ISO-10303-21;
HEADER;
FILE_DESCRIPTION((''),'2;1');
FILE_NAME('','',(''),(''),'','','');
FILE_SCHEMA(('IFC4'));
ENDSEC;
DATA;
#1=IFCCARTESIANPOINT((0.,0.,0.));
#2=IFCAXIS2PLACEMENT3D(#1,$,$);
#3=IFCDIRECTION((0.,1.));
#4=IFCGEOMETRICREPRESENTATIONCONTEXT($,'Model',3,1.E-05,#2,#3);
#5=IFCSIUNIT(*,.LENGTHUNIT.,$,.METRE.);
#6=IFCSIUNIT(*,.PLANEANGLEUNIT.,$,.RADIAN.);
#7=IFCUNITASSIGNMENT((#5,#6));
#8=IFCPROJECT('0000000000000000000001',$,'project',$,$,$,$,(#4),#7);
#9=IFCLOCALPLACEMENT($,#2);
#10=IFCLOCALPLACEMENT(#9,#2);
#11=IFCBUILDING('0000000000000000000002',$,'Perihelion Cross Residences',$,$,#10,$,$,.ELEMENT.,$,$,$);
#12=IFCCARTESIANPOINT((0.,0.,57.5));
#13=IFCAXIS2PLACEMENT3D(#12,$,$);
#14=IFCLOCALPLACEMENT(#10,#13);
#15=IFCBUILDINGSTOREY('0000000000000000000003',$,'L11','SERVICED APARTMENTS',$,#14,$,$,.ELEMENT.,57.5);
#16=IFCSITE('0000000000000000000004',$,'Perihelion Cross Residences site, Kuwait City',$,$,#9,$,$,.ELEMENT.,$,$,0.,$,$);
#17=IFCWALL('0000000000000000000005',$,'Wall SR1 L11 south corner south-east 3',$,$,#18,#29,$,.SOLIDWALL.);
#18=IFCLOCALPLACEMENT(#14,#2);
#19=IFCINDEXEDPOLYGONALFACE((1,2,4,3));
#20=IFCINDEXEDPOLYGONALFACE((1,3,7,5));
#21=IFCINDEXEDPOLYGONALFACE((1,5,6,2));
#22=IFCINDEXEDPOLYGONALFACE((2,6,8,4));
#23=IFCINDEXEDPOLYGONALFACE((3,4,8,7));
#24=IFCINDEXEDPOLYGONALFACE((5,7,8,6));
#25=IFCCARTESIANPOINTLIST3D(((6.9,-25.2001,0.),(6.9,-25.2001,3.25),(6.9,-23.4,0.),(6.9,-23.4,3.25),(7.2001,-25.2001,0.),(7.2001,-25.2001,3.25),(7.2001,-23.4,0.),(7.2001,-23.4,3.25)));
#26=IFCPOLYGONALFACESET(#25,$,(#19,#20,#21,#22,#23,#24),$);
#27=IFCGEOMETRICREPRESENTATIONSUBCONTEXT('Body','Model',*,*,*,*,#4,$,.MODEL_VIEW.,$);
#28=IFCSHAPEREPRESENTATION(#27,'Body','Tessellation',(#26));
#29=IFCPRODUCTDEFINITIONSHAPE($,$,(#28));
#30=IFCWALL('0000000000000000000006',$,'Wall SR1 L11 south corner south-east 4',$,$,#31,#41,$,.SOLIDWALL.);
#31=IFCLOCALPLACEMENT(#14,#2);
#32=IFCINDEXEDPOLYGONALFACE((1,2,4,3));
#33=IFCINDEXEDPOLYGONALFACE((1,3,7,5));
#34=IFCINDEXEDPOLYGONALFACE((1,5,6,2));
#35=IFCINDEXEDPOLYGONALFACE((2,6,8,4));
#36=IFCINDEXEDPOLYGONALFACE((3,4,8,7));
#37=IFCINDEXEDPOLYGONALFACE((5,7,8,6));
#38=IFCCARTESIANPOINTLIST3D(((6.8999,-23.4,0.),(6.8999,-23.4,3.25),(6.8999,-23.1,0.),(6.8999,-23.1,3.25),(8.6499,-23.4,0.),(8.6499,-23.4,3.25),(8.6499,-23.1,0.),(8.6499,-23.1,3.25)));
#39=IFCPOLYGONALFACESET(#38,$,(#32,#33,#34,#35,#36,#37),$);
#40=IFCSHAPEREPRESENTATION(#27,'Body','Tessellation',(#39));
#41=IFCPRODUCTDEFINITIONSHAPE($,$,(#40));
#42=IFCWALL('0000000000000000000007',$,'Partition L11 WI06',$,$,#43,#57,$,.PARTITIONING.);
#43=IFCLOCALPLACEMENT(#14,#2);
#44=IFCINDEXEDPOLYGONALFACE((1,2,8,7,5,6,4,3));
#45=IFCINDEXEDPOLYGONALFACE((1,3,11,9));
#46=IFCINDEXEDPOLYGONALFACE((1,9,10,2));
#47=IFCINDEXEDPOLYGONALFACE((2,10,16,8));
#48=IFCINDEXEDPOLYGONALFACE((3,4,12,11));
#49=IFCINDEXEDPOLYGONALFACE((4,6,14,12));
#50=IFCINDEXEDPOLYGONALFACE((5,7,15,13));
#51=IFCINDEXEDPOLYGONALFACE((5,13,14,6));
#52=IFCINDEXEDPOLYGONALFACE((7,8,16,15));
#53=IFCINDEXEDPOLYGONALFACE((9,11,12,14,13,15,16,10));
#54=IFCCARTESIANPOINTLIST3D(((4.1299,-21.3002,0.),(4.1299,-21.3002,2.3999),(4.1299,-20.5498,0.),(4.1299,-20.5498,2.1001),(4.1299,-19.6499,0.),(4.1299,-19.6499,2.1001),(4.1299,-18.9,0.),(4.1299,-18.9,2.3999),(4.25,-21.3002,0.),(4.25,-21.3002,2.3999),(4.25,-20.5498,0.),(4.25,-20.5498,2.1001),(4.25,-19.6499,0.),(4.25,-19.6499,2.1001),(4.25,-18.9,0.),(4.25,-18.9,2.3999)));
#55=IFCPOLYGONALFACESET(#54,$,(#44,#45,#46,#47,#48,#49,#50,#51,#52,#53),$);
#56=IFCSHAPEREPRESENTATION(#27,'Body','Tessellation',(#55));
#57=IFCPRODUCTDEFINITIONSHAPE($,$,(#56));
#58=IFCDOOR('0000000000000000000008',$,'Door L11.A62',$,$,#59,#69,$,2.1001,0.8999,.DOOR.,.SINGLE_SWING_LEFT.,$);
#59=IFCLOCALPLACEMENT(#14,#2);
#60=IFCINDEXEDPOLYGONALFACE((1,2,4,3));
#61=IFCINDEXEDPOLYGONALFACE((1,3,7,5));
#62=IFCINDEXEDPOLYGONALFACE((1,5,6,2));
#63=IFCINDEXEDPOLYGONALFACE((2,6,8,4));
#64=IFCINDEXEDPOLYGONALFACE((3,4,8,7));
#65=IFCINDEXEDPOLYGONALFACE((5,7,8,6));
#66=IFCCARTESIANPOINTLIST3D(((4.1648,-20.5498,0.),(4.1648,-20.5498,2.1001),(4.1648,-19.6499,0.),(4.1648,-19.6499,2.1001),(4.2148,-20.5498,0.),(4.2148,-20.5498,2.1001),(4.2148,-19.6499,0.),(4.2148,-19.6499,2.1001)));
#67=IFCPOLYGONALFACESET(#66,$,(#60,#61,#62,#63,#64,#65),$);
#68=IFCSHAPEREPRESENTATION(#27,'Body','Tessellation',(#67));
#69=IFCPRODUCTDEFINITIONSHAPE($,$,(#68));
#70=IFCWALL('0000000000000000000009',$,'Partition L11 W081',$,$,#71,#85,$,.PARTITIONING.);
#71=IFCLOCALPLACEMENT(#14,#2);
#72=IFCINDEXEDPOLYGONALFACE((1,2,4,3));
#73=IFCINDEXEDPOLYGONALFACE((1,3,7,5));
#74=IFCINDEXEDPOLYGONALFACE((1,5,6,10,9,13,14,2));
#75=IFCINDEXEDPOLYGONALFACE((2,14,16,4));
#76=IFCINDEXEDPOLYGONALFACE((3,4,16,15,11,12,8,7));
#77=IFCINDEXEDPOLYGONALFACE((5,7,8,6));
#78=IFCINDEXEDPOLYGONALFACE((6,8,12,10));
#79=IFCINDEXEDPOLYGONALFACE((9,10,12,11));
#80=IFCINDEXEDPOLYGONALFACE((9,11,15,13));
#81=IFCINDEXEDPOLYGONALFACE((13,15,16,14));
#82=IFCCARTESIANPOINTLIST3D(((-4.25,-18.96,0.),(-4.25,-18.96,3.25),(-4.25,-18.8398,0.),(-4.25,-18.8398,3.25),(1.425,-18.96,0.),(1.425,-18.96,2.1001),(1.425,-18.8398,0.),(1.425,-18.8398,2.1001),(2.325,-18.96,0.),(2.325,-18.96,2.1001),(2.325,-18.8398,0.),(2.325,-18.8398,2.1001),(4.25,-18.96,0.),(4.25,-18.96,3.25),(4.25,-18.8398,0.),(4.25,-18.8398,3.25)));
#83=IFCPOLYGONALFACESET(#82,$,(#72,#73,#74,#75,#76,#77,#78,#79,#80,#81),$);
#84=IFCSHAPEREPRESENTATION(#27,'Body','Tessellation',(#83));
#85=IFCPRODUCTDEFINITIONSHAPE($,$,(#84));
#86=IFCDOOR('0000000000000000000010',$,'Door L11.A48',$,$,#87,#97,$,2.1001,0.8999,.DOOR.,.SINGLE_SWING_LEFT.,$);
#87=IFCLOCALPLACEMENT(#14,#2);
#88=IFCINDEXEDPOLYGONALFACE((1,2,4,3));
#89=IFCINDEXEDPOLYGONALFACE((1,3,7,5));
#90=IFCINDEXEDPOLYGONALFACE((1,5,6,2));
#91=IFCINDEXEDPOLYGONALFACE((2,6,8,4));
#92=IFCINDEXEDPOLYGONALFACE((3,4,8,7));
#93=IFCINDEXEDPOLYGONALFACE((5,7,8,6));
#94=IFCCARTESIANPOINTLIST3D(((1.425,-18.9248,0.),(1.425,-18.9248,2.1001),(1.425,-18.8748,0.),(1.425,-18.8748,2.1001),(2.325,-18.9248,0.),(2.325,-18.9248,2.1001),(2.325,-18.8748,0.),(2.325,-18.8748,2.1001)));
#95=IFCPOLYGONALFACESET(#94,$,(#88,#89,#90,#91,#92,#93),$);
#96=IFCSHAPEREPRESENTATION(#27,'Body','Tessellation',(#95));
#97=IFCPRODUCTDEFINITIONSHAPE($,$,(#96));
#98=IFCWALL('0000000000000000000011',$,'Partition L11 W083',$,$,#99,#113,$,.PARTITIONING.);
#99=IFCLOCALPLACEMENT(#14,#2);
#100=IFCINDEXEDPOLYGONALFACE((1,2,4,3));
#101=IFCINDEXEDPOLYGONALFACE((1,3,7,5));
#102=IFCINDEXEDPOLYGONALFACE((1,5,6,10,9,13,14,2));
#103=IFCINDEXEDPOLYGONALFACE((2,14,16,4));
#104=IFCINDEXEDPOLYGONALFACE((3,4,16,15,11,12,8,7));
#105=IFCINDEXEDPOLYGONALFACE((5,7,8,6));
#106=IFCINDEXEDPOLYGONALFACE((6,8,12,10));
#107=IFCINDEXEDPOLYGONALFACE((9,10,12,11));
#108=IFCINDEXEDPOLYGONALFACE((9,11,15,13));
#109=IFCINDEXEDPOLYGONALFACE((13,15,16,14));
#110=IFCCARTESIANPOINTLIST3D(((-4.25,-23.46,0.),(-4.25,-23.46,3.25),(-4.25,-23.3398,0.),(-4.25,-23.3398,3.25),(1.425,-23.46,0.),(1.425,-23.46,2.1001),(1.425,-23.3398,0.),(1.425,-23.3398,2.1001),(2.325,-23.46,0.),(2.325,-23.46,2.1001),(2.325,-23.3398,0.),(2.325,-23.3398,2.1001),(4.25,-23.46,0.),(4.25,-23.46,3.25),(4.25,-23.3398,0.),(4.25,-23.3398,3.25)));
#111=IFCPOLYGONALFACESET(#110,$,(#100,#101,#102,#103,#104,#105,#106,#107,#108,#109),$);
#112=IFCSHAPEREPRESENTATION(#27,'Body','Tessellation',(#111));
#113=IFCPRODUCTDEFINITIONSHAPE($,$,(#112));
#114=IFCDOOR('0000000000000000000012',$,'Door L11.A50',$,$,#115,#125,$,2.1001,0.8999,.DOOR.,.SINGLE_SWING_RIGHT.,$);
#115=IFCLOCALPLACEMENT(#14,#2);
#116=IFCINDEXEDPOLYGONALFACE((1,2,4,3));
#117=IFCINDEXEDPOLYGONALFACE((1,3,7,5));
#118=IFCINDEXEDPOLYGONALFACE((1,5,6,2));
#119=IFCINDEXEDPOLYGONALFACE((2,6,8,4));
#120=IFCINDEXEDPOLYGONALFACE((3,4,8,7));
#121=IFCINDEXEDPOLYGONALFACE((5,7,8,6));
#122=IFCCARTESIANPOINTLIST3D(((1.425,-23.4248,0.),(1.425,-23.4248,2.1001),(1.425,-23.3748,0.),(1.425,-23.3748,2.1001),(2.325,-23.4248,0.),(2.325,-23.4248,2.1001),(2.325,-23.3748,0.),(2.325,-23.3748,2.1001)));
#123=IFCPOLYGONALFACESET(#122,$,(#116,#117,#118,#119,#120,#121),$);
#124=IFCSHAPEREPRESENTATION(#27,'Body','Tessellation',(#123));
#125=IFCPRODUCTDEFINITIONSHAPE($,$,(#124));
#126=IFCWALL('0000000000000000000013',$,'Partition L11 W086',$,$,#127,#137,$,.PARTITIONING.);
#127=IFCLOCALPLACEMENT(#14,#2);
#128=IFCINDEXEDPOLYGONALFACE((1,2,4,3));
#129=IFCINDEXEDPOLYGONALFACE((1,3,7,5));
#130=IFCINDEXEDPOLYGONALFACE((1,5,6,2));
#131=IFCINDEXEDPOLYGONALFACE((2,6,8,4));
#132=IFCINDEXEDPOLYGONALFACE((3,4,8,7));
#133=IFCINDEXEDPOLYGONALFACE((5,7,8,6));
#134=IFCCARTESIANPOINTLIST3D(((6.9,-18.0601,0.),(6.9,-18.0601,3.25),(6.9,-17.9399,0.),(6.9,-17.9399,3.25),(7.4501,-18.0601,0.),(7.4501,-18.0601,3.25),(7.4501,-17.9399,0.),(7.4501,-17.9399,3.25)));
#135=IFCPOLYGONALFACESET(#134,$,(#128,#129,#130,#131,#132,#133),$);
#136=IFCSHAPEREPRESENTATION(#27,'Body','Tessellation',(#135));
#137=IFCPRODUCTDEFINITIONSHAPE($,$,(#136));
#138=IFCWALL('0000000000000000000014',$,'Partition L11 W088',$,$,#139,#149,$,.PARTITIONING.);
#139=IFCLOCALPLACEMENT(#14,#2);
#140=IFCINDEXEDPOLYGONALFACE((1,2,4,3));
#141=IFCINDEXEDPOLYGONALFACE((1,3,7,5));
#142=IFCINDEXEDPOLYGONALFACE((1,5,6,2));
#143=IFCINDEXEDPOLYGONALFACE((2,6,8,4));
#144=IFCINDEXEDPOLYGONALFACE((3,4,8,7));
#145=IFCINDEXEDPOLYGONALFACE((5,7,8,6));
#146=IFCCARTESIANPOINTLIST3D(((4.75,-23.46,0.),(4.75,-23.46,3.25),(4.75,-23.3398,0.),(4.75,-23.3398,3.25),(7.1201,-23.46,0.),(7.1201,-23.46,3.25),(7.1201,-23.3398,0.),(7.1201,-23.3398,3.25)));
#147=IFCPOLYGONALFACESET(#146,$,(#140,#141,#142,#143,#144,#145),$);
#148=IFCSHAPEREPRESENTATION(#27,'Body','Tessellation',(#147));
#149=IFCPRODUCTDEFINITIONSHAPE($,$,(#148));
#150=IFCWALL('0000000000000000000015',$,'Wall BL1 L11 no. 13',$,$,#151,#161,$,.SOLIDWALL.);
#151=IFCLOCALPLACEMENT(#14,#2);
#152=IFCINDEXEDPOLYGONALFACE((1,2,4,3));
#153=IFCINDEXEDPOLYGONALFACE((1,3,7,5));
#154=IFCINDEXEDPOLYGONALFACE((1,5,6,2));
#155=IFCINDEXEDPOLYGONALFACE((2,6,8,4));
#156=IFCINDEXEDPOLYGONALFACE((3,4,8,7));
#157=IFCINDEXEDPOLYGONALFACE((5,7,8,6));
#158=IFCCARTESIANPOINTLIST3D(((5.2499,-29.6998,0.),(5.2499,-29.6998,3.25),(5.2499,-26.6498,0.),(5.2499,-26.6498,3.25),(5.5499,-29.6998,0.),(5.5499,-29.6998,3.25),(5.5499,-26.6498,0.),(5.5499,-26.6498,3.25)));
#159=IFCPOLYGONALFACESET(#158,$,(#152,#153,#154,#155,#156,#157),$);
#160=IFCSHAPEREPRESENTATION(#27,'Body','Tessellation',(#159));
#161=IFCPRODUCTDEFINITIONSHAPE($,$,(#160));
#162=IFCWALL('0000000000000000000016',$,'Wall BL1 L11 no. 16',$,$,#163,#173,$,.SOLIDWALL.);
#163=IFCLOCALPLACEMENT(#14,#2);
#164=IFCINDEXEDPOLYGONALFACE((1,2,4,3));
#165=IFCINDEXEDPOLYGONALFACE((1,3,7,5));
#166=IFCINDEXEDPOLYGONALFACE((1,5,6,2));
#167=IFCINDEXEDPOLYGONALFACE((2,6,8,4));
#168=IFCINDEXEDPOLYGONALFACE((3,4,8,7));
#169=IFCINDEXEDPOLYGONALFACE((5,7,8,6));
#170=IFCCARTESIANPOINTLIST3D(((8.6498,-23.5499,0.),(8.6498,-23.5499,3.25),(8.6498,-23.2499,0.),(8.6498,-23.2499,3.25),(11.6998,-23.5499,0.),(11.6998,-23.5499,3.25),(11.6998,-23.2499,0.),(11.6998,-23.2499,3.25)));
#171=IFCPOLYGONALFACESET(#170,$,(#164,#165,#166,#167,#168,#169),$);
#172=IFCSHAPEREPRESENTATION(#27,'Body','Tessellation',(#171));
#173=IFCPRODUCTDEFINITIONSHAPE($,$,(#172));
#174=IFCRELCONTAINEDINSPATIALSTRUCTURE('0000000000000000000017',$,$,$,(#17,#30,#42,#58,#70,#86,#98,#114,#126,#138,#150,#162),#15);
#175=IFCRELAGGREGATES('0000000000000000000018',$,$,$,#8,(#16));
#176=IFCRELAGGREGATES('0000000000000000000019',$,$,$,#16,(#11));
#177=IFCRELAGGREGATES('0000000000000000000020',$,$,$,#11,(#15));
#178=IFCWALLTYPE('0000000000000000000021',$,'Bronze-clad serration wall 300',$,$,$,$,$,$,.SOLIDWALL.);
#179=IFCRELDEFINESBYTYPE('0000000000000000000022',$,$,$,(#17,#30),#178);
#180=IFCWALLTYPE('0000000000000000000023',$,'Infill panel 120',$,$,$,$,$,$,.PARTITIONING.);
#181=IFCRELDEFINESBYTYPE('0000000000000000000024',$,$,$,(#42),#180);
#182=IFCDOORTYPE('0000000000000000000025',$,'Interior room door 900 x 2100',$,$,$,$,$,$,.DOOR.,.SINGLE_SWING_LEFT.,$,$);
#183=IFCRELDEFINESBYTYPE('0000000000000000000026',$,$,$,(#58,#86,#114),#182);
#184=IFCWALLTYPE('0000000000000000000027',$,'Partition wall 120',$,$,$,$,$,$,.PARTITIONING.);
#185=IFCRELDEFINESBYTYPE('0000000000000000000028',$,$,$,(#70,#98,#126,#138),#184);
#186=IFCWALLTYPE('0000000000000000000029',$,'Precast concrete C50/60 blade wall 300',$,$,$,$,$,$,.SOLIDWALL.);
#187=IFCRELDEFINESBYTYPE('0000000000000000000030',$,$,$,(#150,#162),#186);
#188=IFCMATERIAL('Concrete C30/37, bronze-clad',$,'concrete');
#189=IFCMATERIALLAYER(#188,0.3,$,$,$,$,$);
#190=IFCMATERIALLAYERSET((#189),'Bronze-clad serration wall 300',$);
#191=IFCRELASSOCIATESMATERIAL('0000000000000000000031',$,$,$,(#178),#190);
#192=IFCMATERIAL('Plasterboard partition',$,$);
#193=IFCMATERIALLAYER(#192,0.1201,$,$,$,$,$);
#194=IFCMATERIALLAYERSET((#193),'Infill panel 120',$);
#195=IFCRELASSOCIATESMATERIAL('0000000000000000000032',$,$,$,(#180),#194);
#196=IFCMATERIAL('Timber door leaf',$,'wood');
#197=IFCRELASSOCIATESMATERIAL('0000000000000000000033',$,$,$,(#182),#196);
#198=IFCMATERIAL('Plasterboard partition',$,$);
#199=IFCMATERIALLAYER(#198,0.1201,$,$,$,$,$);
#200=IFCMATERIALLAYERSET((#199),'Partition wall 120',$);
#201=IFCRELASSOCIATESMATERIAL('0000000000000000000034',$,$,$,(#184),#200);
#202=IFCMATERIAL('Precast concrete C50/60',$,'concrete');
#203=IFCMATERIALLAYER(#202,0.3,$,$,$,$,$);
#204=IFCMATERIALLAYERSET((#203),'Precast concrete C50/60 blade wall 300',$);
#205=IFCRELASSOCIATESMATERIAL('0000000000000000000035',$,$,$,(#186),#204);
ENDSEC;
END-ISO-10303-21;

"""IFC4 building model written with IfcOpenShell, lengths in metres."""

from ifc_helpers import new_model, si_unit, direction, frame, frame_2d, origin, place, context, subcontext, project, spatial, rectangle, extrude, material, layer, layer_set, type_object, element, fill, save


model = new_model("IFC4")

# Units and contexts
model_context = context("Model", 3, precision=1e-05, world=origin(), true_north=direction((0.0, 1.0)))
body_context = subcontext(model_context, "Body", "Model", "MODEL_VIEW")
ifc_project = project(units=[si_unit("LENGTHUNIT", "METRE"), si_unit("PLANEANGLEUNIT", "RADIAN")], contexts=[model_context])

# Site, building, storey
site_placement = place(None, origin())
site = spatial("IfcSite", under=ifc_project, at=site_placement, Name="Perihelion Cross Residences site, Kuwait City", CompositionType="ELEMENT", RefElevation=0.0)
building_placement = place(site_placement, origin())
building = spatial("IfcBuilding", under=site, at=building_placement, Name="Perihelion Cross Residences", CompositionType="ELEMENT")
storey_placement = place(building_placement, frame((0.0, 0.0, 57.5)))
storey = spatial("IfcBuildingStorey", under=building, at=storey_placement, Name="L11", Description="SERVICED APARTMENTS", CompositionType="ELEMENT", Elevation=57.5)

# Walls
ifc_material_1 = material(Name="Concrete C30/37, bronze-clad", Category="concrete")
ifc_layer_1 = layer(ifc_material_1, 0.3)
ifc_layer_set_1 = layer_set([ifc_layer_1], Name="Bronze-clad serration wall 300")
wall_type_1 = type_object("IfcWallType", Name="Bronze-clad serration wall 300", PredefinedType="SOLIDWALL", material=ifc_layer_set_1)
wall_1_placement = place(storey_placement, frame((7.05, -25.2, 0.0), z_axis=(0.0, 0.0, 1.0), x_axis=(0.0, 1.0, 0.0)))
element("IfcWall", 1, at=wall_1_placement, inside=storey, type_object=wall_type_1, Name="Wall SR1 L11 south corner south-east 3", PredefinedType="SOLIDWALL", context=body_context, shape_type="SweptSolid", body=[
    extrude(rectangle(XDim=1.8, YDim=0.3, at=frame_2d((0.8999, 0.0))), origin(), (0.0, 0.0, 1.0), 3.25),
])
wall_2_placement = place(storey_placement, frame((6.8999, -23.25, 0.0), z_axis=(0.0, 0.0, 1.0), x_axis=(1.0, 0.0, 0.0)))
element("IfcWall", 2, at=wall_2_placement, inside=storey, type_object=wall_type_1, Name="Wall SR1 L11 south corner south-east 4", PredefinedType="SOLIDWALL", context=body_context, shape_type="SweptSolid", body=[
    extrude(rectangle(XDim=1.75, YDim=0.3, at=frame_2d((0.875, 0.0))), origin(), (0.0, 0.0, 1.0), 3.25),
])

# Walls, openings, doors
ifc_material_2 = material(Name="Plasterboard partition")
ifc_layer_2 = layer(ifc_material_2, 0.1201)
ifc_layer_set_2 = layer_set([ifc_layer_2], Name="Infill panel 120")
wall_type_2 = type_object("IfcWallType", Name="Infill panel 120", PredefinedType="PARTITIONING", material=ifc_layer_set_2)
wall_3_placement = place(storey_placement, frame((4.1899, -18.8999, 0.0), z_axis=(0.0, 0.0, 1.0), x_axis=(0.0, -1.0, 0.0)))
wall_3 = element("IfcWall", 3, at=wall_3_placement, inside=storey, type_object=wall_type_2, Name="Partition L11 WI06", PredefinedType="PARTITIONING", context=body_context, shape_type="SweptSolid", body=[
    extrude(rectangle(XDim=2.4001, YDim=0.1201, at=frame_2d((1.2002, 0.0))), origin(), (0.0, 0.0, 1.0), 2.3999),
])
opening_1_placement = place(wall_3_placement, frame((0.75, 0.0, 0.0)))
opening_1 = element("IfcOpeningElement", 4, at=opening_1_placement, cuts=wall_3, PredefinedType="OPENING", context=body_context, shape_type="SweptSolid", body=[
    extrude(rectangle(XDim=0.8999, YDim=2.1001, at=frame_2d((0.45, 1.05))), frame((0.0, 0.0701, 0.0), z_axis=(0.0, -1.0, 0.0), x_axis=(1.0, 0.0, 0.0)), (0.0, 0.0, 1.0), 0.1401),
])
ifc_material_3 = material(Name="Timber door leaf", Category="wood")
door_type_1 = type_object("IfcDoorType", Name="Interior room door 900 x 2100", OperationType="SINGLE_SWING_LEFT", PredefinedType="DOOR", material=ifc_material_3)
door_1_placement = place(opening_1_placement, origin())
door_1 = element("IfcDoor", 5, at=door_1_placement, inside=storey, type_object=door_type_1, Name="Door L11.A62", OperationType="SINGLE_SWING_LEFT", OverallHeight=2.1001, OverallWidth=0.8999, PredefinedType="DOOR", context=body_context, shape_type="SweptSolid", body=[
    extrude(rectangle(XDim=0.8999, YDim=2.1001, at=frame_2d((0.45, 1.05))), frame((0.0, 0.0249, 0.0), z_axis=(0.0, -1.0, 0.0), x_axis=(1.0, 0.0, 0.0)), (0.0, 0.0, 1.0), 0.05),
])
fill(opening_1, door_1)
ifc_material_4 = material(Name="Plasterboard partition")
ifc_layer_3 = layer(ifc_material_4, 0.1201)
ifc_layer_set_3 = layer_set([ifc_layer_3], Name="Partition wall 120")
wall_type_3 = type_object("IfcWallType", Name="Partition wall 120", PredefinedType="PARTITIONING", material=ifc_layer_set_3)
wall_4_placement = place(storey_placement, frame((4.25, -18.8999, 0.0), z_axis=(0.0, 0.0, 1.0), x_axis=(-1.0, 0.0, 0.0)))
wall_4 = element("IfcWall", 6, at=wall_4_placement, inside=storey, type_object=wall_type_3, Name="Partition L11 W081", PredefinedType="PARTITIONING", context=body_context, shape_type="SweptSolid", body=[
    extrude(rectangle(XDim=8.5, YDim=0.1201, at=frame_2d((4.25, 0.0))), origin(), (0.0, 0.0, 1.0), 3.25),
])
opening_2_placement = place(wall_4_placement, frame((1.925, 0.0, 0.0)))
opening_2 = element("IfcOpeningElement", 7, at=opening_2_placement, cuts=wall_4, PredefinedType="OPENING", context=body_context, shape_type="SweptSolid", body=[
    extrude(rectangle(XDim=0.8999, YDim=2.1001, at=frame_2d((0.45, 1.05))), frame((0.0, 0.0701, 0.0), z_axis=(0.0, -1.0, 0.0), x_axis=(1.0, 0.0, 0.0)), (0.0, 0.0, 1.0), 0.1401),
])
door_2_placement = place(opening_2_placement, origin())
door_2 = element("IfcDoor", 8, at=door_2_placement, inside=storey, type_object=door_type_1, Name="Door L11.A48", OperationType="SINGLE_SWING_LEFT", OverallHeight=2.1001, OverallWidth=0.8999, PredefinedType="DOOR", context=body_context, shape_type="SweptSolid", body=[
    extrude(rectangle(XDim=0.8999, YDim=2.1001, at=frame_2d((0.45, 1.05))), frame((0.0, 0.0249, 0.0), z_axis=(0.0, -1.0, 0.0), x_axis=(1.0, 0.0, 0.0)), (0.0, 0.0, 1.0), 0.05),
])
fill(opening_2, door_2)
wall_5_placement = place(storey_placement, frame((4.25, -23.3999, 0.0), z_axis=(0.0, 0.0, 1.0), x_axis=(-1.0, 0.0, 0.0)))
wall_5 = element("IfcWall", 9, at=wall_5_placement, inside=storey, type_object=wall_type_3, Name="Partition L11 W083", PredefinedType="PARTITIONING", context=body_context, shape_type="SweptSolid", body=[
    extrude(rectangle(XDim=8.5, YDim=0.1201, at=frame_2d((4.25, 0.0))), origin(), (0.0, 0.0, 1.0), 3.25),
])
opening_3_placement = place(wall_5_placement, frame((1.925, 0.0, 0.0)))
opening_3 = element("IfcOpeningElement", 10, at=opening_3_placement, cuts=wall_5, PredefinedType="OPENING", context=body_context, shape_type="SweptSolid", body=[
    extrude(rectangle(XDim=0.8999, YDim=2.1001, at=frame_2d((0.45, 1.05))), frame((0.0, 0.0701, 0.0), z_axis=(0.0, -1.0, 0.0), x_axis=(1.0, 0.0, 0.0)), (0.0, 0.0, 1.0), 0.1401),
])
door_3_placement = place(opening_3_placement, origin())
door_3 = element("IfcDoor", 11, at=door_3_placement, inside=storey, type_object=door_type_1, Name="Door L11.A50", OperationType="SINGLE_SWING_RIGHT", OverallHeight=2.1001, OverallWidth=0.8999, PredefinedType="DOOR", context=body_context, shape_type="SweptSolid", body=[
    extrude(rectangle(XDim=0.8999, YDim=2.1001, at=frame_2d((0.45, 1.05))), frame((0.0, 0.0249, 0.0), z_axis=(0.0, -1.0, 0.0), x_axis=(1.0, 0.0, 0.0)), (0.0, 0.0, 1.0), 0.05),
])
fill(opening_3, door_3)

# Walls
wall_6_placement = place(storey_placement, frame((7.45, -18.0, 0.0), z_axis=(0.0, 0.0, 1.0), x_axis=(-1.0, 0.0, 0.0)))
element("IfcWall", 12, at=wall_6_placement, inside=storey, type_object=wall_type_3, Name="Partition L11 W086", PredefinedType="PARTITIONING", context=body_context, shape_type="SweptSolid", body=[
    extrude(rectangle(XDim=0.55, YDim=0.1201, at=frame_2d((0.2749, 0.0))), origin(), (0.0, 0.0, 1.0), 3.25),
])
wall_7_placement = place(storey_placement, frame((7.1201, -23.3999, 0.0), z_axis=(0.0, 0.0, 1.0), x_axis=(-1.0, 0.0, 0.0)))
element("IfcWall", 13, at=wall_7_placement, inside=storey, type_object=wall_type_3, Name="Partition L11 W088", PredefinedType="PARTITIONING", context=body_context, shape_type="SweptSolid", body=[
    extrude(rectangle(XDim=2.3701, YDim=0.1201, at=frame_2d((1.1851, 0.0))), origin(), (0.0, 0.0, 1.0), 3.25),
])
ifc_material_5 = material(Name="Precast concrete C50/60", Category="concrete")
ifc_layer_4 = layer(ifc_material_5, 0.3)
ifc_layer_set_4 = layer_set([ifc_layer_4], Name="Precast concrete C50/60 blade wall 300")
wall_type_4 = type_object("IfcWallType", Name="Precast concrete C50/60 blade wall 300", PredefinedType="SOLIDWALL", material=ifc_layer_set_4)
for number, where, z_axis, x_axis, name in (
    (14, (5.3999, -26.6499, 0.0), (0.0, 0.0, 1.0), (0.0, -1.0, 0.0), "Wall BL1 L11 no. 13"),
    (15, (8.6499, -23.3999, 0.0), (0.0, 0.0, 1.0), (1.0, 0.0, 0.0), "Wall BL1 L11 no. 16"),
):
    element("IfcWall", number, at=place(storey_placement, frame(where, z_axis=z_axis, x_axis=x_axis)), inside=storey, type_object=wall_type_4, Name=name, PredefinedType="SOLIDWALL", context=body_context, shape_type="SweptSolid", body=[
        extrude(rectangle(XDim=3.05, YDim=0.3, at=frame_2d((1.5249, 0.0))), origin(), (0.0, 0.0, 1.0), 3.25),
    ])

save(model, "model.ifc")
